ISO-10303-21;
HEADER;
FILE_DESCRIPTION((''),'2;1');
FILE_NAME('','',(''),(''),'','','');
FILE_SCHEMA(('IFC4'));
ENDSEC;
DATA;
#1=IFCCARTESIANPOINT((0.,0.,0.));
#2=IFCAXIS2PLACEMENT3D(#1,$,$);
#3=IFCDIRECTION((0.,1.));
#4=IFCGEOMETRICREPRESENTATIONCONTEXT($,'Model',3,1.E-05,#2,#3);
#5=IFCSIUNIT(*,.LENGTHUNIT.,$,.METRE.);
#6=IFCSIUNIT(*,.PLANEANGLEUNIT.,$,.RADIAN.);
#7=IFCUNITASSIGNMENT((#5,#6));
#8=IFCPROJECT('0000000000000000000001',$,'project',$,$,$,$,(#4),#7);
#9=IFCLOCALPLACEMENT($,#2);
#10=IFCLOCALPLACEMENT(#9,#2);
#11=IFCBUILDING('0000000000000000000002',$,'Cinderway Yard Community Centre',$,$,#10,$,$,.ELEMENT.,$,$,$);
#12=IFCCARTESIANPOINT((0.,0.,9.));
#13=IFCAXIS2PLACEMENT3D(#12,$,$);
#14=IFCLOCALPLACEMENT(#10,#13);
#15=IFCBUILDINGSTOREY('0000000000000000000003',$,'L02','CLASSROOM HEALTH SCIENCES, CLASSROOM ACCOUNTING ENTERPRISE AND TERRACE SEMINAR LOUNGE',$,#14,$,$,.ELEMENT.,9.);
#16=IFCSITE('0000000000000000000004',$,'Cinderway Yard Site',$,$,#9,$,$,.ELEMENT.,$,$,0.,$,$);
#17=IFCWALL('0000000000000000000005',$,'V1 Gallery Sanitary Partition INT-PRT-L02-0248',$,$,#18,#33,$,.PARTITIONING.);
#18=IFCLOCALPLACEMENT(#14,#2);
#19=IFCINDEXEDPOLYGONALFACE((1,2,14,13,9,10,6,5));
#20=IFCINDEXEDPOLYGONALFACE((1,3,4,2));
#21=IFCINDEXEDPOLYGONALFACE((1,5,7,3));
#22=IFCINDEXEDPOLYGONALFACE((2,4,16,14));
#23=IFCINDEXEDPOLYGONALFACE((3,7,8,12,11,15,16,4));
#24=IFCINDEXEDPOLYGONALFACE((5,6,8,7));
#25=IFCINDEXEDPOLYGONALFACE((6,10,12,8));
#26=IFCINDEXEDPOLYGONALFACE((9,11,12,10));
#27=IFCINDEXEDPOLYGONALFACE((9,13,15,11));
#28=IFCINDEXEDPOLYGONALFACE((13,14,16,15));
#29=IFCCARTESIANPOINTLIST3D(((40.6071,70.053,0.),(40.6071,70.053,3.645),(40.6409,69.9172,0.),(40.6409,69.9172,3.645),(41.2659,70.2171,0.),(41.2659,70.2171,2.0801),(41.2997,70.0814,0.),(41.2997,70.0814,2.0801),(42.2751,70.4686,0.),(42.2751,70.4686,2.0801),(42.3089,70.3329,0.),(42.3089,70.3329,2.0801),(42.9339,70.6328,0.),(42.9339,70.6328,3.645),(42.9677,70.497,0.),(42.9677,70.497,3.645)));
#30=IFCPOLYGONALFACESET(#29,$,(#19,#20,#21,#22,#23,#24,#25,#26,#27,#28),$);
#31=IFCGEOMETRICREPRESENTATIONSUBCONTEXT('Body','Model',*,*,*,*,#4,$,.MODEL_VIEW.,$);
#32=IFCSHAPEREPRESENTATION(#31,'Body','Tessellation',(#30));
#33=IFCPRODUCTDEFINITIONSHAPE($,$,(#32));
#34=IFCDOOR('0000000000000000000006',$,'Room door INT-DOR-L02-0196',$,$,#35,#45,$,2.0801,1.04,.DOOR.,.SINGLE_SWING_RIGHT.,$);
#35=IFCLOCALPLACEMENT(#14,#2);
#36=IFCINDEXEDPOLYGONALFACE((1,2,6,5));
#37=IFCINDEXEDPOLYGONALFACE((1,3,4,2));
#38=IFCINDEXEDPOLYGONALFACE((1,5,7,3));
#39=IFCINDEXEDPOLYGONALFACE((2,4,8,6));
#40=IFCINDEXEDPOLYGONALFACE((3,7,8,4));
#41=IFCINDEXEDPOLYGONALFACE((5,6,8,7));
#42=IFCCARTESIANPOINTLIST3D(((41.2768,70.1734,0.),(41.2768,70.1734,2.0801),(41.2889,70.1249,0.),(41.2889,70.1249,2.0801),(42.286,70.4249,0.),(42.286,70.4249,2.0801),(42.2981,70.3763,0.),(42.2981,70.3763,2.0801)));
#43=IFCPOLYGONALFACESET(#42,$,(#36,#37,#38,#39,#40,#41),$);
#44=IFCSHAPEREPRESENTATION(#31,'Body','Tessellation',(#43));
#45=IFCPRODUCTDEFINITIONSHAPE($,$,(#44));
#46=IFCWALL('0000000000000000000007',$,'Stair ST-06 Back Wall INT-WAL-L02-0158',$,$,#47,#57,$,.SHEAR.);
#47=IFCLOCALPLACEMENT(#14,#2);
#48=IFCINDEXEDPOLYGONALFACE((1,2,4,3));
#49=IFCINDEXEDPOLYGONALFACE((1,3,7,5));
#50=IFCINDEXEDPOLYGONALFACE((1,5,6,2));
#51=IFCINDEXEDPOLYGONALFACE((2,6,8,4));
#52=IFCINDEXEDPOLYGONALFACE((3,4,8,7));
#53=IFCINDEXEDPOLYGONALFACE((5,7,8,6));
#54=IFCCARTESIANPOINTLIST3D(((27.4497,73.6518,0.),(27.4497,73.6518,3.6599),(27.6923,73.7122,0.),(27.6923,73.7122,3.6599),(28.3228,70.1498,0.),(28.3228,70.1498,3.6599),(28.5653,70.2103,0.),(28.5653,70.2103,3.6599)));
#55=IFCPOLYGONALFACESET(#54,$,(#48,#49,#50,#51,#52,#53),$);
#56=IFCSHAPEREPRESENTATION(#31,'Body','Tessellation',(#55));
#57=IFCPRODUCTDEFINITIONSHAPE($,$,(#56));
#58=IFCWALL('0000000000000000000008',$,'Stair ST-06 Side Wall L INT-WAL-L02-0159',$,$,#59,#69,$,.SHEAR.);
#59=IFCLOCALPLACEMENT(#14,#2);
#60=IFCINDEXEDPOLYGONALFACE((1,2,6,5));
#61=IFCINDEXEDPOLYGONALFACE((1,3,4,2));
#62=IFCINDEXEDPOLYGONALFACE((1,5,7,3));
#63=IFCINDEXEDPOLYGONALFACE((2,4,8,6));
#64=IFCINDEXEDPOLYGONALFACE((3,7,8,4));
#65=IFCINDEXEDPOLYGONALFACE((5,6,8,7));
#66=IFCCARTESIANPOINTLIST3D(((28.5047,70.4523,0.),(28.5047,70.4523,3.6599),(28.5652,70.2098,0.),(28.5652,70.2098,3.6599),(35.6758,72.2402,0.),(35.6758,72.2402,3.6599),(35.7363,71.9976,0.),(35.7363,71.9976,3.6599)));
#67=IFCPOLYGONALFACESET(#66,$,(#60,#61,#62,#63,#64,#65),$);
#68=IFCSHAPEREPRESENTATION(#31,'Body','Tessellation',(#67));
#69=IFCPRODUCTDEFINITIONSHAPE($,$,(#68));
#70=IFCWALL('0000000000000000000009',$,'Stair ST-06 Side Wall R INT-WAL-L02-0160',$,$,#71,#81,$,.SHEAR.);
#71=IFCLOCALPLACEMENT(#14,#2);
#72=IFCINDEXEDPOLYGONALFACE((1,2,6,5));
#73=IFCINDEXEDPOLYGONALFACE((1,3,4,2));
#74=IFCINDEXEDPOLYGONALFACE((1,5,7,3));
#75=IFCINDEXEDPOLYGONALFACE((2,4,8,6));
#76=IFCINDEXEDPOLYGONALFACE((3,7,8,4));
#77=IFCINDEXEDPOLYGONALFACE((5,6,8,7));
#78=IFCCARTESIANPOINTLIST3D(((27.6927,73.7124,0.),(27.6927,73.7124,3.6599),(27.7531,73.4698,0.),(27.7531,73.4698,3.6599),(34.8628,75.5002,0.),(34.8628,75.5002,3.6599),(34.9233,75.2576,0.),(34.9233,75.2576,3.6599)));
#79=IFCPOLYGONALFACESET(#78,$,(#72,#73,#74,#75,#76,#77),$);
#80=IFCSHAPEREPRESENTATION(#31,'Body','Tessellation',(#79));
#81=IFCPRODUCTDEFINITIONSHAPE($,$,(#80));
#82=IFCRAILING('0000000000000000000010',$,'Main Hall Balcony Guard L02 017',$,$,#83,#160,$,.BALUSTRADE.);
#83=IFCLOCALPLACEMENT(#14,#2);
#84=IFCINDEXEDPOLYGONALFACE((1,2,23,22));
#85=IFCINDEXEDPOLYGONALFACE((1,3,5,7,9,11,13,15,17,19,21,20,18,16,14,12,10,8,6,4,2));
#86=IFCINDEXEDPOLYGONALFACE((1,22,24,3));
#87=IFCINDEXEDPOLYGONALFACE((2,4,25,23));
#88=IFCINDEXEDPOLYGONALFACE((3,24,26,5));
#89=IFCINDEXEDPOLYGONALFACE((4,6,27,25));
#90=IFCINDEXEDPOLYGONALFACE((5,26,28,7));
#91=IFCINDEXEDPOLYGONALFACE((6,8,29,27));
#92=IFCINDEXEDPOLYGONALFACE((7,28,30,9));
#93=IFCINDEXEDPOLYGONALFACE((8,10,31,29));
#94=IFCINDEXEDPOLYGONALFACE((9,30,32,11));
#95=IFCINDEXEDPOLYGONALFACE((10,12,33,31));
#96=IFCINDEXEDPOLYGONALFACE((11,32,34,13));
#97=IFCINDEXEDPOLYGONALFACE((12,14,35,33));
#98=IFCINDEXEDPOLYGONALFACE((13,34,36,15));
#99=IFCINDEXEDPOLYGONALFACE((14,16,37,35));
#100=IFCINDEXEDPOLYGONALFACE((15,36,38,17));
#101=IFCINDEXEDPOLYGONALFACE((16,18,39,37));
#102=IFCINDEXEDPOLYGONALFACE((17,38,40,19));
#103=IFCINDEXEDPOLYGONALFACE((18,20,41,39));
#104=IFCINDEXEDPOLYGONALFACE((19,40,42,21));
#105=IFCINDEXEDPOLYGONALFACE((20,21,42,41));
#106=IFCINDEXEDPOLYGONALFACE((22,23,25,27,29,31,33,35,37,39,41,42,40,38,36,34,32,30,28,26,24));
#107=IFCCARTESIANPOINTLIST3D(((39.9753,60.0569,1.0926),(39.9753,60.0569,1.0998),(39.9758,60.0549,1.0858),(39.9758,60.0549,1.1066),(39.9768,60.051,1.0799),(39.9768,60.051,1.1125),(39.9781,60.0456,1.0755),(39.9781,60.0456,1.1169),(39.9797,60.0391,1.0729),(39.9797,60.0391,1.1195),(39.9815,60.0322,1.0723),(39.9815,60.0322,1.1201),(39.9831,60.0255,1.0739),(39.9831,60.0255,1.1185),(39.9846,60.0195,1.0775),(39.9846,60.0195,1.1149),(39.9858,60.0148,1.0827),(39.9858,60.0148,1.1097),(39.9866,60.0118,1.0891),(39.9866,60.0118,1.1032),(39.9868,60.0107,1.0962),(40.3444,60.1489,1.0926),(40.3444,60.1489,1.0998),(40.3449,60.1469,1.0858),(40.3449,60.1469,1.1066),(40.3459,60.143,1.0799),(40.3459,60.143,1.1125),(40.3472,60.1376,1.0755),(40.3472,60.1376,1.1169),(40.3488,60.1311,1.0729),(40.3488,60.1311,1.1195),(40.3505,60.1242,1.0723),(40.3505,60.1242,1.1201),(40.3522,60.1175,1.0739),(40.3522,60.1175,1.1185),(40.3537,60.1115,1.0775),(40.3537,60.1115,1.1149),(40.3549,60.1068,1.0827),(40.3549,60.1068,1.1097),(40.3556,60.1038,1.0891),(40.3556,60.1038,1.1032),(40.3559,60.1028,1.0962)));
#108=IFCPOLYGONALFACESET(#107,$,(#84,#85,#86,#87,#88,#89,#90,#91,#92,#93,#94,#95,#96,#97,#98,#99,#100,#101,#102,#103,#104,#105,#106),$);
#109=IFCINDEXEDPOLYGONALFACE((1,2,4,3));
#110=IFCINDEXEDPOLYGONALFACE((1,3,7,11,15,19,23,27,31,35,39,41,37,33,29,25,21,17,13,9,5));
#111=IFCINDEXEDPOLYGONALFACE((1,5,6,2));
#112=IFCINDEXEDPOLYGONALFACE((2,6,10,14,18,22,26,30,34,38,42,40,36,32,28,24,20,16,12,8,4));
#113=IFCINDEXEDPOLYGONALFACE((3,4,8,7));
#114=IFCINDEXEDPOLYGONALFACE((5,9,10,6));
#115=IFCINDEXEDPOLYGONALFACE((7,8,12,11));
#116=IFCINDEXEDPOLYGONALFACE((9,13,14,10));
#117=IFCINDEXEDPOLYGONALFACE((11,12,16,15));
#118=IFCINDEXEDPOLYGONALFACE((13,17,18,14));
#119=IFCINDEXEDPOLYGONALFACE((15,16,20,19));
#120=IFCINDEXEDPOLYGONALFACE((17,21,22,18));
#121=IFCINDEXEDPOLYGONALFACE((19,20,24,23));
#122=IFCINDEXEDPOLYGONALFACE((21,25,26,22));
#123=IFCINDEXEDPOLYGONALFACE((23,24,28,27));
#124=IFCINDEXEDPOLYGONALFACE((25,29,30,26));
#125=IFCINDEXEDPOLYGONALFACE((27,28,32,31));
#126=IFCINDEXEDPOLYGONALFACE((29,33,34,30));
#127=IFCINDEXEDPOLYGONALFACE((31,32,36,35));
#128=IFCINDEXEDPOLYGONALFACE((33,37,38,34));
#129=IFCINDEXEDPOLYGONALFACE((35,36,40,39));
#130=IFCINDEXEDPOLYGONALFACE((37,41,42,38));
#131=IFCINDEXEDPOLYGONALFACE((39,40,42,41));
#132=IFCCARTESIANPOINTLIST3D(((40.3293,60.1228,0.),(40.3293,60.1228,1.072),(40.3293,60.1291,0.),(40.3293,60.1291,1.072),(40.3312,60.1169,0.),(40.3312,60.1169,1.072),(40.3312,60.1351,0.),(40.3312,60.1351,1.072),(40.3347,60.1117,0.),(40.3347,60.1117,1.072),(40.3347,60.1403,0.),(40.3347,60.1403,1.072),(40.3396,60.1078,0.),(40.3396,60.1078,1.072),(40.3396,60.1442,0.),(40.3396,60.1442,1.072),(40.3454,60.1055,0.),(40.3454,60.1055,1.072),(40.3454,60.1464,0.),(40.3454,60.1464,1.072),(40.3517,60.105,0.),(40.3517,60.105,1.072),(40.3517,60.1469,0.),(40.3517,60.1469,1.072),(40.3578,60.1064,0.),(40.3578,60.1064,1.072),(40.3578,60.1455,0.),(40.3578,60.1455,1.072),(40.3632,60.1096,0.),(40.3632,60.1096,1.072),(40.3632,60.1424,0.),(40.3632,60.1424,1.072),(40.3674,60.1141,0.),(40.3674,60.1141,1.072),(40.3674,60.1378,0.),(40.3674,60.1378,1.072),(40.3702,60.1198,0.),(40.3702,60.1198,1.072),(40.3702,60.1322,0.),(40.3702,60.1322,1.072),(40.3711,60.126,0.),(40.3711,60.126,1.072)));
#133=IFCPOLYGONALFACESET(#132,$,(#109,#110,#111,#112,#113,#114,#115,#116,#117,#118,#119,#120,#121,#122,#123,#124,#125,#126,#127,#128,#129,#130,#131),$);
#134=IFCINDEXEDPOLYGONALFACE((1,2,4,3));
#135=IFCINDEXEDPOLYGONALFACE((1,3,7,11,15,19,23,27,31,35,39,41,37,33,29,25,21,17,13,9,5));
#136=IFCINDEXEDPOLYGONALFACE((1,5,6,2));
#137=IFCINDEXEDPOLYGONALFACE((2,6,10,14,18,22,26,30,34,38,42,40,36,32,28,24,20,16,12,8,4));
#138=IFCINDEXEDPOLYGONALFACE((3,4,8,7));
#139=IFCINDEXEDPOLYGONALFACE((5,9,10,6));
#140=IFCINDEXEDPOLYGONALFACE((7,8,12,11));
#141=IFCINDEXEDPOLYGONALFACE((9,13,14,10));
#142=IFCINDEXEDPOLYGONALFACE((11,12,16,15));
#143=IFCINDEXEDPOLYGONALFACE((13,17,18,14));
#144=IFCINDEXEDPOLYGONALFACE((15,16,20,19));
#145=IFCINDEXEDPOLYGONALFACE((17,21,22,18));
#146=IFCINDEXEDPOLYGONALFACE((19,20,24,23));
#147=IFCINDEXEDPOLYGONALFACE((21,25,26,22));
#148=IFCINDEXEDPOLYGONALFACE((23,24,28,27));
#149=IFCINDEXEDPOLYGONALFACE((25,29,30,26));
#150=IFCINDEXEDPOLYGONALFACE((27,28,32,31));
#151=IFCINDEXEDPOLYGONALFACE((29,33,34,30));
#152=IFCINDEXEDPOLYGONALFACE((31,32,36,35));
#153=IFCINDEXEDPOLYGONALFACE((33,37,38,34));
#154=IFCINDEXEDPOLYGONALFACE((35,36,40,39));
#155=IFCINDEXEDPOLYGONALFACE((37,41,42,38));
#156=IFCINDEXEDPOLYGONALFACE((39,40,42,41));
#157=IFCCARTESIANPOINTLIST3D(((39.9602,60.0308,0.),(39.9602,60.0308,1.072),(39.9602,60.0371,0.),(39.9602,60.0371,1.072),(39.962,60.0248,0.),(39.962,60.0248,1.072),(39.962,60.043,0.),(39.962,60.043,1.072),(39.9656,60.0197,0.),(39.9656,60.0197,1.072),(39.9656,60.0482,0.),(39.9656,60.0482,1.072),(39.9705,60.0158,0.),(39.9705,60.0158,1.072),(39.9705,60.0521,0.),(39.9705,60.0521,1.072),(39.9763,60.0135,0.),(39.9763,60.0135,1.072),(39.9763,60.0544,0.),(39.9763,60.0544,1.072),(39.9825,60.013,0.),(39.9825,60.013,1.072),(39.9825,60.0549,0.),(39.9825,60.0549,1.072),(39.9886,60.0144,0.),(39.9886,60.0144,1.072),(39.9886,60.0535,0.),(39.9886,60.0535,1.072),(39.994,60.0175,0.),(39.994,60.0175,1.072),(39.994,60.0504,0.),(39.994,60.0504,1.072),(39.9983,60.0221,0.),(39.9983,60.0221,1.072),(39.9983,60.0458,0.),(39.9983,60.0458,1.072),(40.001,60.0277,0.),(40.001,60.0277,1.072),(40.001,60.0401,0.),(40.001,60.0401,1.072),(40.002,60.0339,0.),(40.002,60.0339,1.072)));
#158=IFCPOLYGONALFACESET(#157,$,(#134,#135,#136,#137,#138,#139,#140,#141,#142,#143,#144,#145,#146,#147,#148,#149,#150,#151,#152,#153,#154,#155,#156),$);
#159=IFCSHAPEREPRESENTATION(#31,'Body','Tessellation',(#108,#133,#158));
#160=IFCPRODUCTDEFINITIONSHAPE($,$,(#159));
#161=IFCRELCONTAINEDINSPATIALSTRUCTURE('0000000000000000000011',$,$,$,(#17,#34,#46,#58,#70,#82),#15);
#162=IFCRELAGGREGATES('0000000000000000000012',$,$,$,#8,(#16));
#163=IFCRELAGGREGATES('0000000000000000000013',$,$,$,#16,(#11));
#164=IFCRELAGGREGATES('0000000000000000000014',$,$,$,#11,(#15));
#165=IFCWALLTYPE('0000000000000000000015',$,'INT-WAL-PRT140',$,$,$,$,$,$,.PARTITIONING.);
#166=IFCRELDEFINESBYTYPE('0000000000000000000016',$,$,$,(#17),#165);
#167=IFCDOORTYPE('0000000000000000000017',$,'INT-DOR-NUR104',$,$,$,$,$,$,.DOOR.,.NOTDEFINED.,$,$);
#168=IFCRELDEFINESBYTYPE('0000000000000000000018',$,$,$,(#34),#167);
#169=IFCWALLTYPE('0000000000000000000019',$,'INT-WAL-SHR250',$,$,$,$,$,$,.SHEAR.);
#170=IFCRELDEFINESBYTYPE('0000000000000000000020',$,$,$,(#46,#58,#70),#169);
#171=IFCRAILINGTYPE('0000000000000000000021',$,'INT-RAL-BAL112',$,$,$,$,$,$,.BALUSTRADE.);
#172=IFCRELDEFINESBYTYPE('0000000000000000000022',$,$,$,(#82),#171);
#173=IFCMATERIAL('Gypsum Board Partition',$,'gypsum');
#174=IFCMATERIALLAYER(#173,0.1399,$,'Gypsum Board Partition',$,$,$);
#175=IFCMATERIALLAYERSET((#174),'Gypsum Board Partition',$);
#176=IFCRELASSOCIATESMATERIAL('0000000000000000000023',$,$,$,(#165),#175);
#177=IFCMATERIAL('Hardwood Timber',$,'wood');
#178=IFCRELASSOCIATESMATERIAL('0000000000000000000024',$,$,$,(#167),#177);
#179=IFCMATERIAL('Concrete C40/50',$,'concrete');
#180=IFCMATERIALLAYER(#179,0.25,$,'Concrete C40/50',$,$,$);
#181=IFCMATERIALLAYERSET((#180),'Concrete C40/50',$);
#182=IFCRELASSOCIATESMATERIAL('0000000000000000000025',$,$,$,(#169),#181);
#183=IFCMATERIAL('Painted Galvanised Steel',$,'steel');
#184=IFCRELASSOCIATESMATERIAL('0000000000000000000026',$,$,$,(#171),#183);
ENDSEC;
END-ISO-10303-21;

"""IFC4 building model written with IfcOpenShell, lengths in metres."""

from ifc_helpers import new_model, si_unit, direction, frame, frame_2d, origin, origin_2d, place, context, subcontext, project, spatial, rectangle, circle, extrude, material, layer, layer_set, type_object, element, fill, save


model = new_model("IFC4")

# Units and contexts
model_context = context("Model", 3, precision=1e-05, world=origin(), true_north=direction((0.0, 1.0)))
body_context = subcontext(model_context, "Body", "Model", "MODEL_VIEW")
ifc_project = project(units=[si_unit("LENGTHUNIT", "METRE"), si_unit("PLANEANGLEUNIT", "RADIAN")], contexts=[model_context])

# Site, building, storey
site_placement = place(None, origin())
site = spatial("IfcSite", under=ifc_project, at=site_placement, Name="Cinderway Yard Site", CompositionType="ELEMENT", RefElevation=0.0)
building_placement = place(site_placement, origin())
building = spatial("IfcBuilding", under=site, at=building_placement, Name="Cinderway Yard Community Centre", CompositionType="ELEMENT")
storey_placement = place(building_placement, frame((0.0, 0.0, 9.0)))
storey = spatial("IfcBuildingStorey", under=building, at=storey_placement, Name="L02", Description="CLASSROOM HEALTH SCIENCES, CLASSROOM ACCOUNTING ENTERPRISE AND TERRACE SEMINAR LOUNGE", CompositionType="ELEMENT", Elevation=9.0)

# Shared definitions
ifc_material_1 = material(Name="Concrete C40/50", Category="concrete")

# Shared definitions
ifc_material_2 = material(Name="Gypsum Board Partition", Category="gypsum")
ifc_layer_1 = layer(ifc_material_2, 0.1399, Name="Gypsum Board Partition")
ifc_layer_set_1 = layer_set([ifc_layer_1], Name="Gypsum Board Partition")
wall_type_1 = type_object("IfcWallType", Name="INT-WAL-PRT140", PredefinedType="PARTITIONING", material=ifc_layer_set_1)
ifc_material_3 = material(Name="Hardwood Timber", Category="wood")

# Wall, opening, door
wall_1_placement = place(storey_placement, frame((40.624, 69.9851, 0.0), z_axis=(0.0, 0.0, 1.0), x_axis=(0.970328, 0.241793, 0.0)))
wall_1 = element("IfcWall", 1, at=wall_1_placement, inside=storey, type_object=wall_type_1, Name="V1 Gallery Sanitary Partition INT-PRT-L02-0248", PredefinedType="PARTITIONING", context=body_context, shape_type="SweptSolid", body=[
    extrude(rectangle(XDim=2.3979, YDim=0.1399, at=frame_2d((1.199, 0.0))), origin(), (0.0, 0.0, 1.0), 3.645),
])
opening_1_placement = place(wall_1_placement, frame((0.679, 0.0, 0.0)))
opening_1 = element("IfcOpeningElement", 2, at=opening_1_placement, cuts=wall_1, PredefinedType="OPENING", context=body_context, shape_type="SweptSolid", body=[
    extrude(rectangle(XDim=1.04, YDim=2.0801, at=frame_2d((0.52, 1.04))), frame((0.0, 0.0798, 0.0), z_axis=(0.0, -1.0, 0.0), x_axis=(1.0, 0.0, 0.0)), (0.0, 0.0, 1.0), 0.1599),
])
door_type_1 = type_object("IfcDoorType", Name="INT-DOR-NUR104", OperationType="NOTDEFINED", PredefinedType="DOOR", material=ifc_material_3)
door_1_placement = place(opening_1_placement, origin())
door_1 = element("IfcDoor", 3, at=door_1_placement, inside=storey, type_object=door_type_1, Name="Room door INT-DOR-L02-0196", OperationType="SINGLE_SWING_RIGHT", OverallHeight=2.0801, OverallWidth=1.04, PredefinedType="DOOR", context=body_context, shape_type="SweptSolid", body=[
    extrude(rectangle(XDim=1.04, YDim=2.0801, at=frame_2d((0.52, 1.04))), frame((0.0, 0.0249, 0.0), z_axis=(0.0, -1.0, 0.0), x_axis=(1.0, 0.0, 0.0)), (0.0, 0.0, 1.0), 0.05),
])
fill(opening_1, door_1)

# Walls
ifc_layer_2 = layer(ifc_material_1, 0.25, Name="Concrete C40/50")
ifc_layer_set_2 = layer_set([ifc_layer_2], Name="Concrete C40/50")
wall_type_2 = type_object("IfcWallType", Name="INT-WAL-SHR250", PredefinedType="SHEAR", material=ifc_layer_set_2)
wall_2_placement = place(storey_placement, frame((28.4441, 70.1799, 0.0), z_axis=(0.0, 0.0, 1.0), x_axis=(-0.241899, 0.970301, 0.0)))
element("IfcWall", 4, at=wall_2_placement, inside=storey, type_object=wall_type_2, Name="Stair ST-06 Back Wall INT-WAL-L02-0158", PredefinedType="SHEAR", context=body_context, shape_type="SweptSolid", body=[
    extrude(rectangle(XDim=3.6091, YDim=0.25, at=frame_2d((1.8047, 0.0))), origin(), (0.0, 0.0, 1.0), 3.6599),
])
wall_3_placement = place(storey_placement, frame((35.7061, 72.1189, 0.0), z_axis=(0.0, 0.0, 1.0), x_axis=(-0.9703, -0.241906, 0.0)))
element("IfcWall", 5, at=wall_3_placement, inside=storey, type_object=wall_type_2, Name="Stair ST-06 Side Wall L INT-WAL-L02-0159", PredefinedType="SHEAR", context=body_context, shape_type="SweptSolid", body=[
    extrude(rectangle(XDim=7.3906, YDim=0.25, at=frame_2d((3.6953, 0.0))), origin(), (0.0, 0.0, 1.0), 3.6599),
])
wall_4_placement = place(storey_placement, frame((27.7229, 73.5911, 0.0), z_axis=(0.0, 0.0, 1.0), x_axis=(0.970292, 0.241937, 0.0)))
element("IfcWall", 6, at=wall_4_placement, inside=storey, type_object=wall_type_2, Name="Stair ST-06 Side Wall R INT-WAL-L02-0160", PredefinedType="SHEAR", context=body_context, shape_type="SweptSolid", body=[
    extrude(rectangle(XDim=7.3896, YDim=0.25, at=frame_2d((3.6948, 0.0))), origin(), (0.0, 0.0, 1.0), 3.6599),
])

# Railing
ifc_material_4 = material(Name="Painted Galvanised Steel", Category="steel")
railing_type_1 = type_object("IfcRailingType", Name="INT-RAL-BAL112", PredefinedType="BALUSTRADE", material=ifc_material_4)
railing_1_placement = place(storey_placement, frame((40.3501, 60.126, 0.0)))
element("IfcRailing", 7, at=railing_1_placement, inside=storey, type_object=railing_type_1, Name="Main Hall Balcony Guard L02 017", PredefinedType="BALUSTRADE", context=body_context, shape_type="SweptSolid", body=[
    extrude(circle(Radius=0.0239, at=origin_2d()), frame((0.0, 0.0, 1.0962), z_axis=(-0.970293, -0.241932, 0.0), x_axis=(0.241932, -0.970293, 0.0)), (0.0, 0.0, 1.0), 0.3804),
    extrude(circle(Radius=0.021, at=origin_2d()), origin(), (0.0, 0.0, 1.0), 1.072),
    extrude(circle(Radius=0.021, at=origin_2d()), frame((-0.3691, -0.092, 0.0)), (0.0, 0.0, 1.0), 1.072),
])

save(model, "model.ifc")
